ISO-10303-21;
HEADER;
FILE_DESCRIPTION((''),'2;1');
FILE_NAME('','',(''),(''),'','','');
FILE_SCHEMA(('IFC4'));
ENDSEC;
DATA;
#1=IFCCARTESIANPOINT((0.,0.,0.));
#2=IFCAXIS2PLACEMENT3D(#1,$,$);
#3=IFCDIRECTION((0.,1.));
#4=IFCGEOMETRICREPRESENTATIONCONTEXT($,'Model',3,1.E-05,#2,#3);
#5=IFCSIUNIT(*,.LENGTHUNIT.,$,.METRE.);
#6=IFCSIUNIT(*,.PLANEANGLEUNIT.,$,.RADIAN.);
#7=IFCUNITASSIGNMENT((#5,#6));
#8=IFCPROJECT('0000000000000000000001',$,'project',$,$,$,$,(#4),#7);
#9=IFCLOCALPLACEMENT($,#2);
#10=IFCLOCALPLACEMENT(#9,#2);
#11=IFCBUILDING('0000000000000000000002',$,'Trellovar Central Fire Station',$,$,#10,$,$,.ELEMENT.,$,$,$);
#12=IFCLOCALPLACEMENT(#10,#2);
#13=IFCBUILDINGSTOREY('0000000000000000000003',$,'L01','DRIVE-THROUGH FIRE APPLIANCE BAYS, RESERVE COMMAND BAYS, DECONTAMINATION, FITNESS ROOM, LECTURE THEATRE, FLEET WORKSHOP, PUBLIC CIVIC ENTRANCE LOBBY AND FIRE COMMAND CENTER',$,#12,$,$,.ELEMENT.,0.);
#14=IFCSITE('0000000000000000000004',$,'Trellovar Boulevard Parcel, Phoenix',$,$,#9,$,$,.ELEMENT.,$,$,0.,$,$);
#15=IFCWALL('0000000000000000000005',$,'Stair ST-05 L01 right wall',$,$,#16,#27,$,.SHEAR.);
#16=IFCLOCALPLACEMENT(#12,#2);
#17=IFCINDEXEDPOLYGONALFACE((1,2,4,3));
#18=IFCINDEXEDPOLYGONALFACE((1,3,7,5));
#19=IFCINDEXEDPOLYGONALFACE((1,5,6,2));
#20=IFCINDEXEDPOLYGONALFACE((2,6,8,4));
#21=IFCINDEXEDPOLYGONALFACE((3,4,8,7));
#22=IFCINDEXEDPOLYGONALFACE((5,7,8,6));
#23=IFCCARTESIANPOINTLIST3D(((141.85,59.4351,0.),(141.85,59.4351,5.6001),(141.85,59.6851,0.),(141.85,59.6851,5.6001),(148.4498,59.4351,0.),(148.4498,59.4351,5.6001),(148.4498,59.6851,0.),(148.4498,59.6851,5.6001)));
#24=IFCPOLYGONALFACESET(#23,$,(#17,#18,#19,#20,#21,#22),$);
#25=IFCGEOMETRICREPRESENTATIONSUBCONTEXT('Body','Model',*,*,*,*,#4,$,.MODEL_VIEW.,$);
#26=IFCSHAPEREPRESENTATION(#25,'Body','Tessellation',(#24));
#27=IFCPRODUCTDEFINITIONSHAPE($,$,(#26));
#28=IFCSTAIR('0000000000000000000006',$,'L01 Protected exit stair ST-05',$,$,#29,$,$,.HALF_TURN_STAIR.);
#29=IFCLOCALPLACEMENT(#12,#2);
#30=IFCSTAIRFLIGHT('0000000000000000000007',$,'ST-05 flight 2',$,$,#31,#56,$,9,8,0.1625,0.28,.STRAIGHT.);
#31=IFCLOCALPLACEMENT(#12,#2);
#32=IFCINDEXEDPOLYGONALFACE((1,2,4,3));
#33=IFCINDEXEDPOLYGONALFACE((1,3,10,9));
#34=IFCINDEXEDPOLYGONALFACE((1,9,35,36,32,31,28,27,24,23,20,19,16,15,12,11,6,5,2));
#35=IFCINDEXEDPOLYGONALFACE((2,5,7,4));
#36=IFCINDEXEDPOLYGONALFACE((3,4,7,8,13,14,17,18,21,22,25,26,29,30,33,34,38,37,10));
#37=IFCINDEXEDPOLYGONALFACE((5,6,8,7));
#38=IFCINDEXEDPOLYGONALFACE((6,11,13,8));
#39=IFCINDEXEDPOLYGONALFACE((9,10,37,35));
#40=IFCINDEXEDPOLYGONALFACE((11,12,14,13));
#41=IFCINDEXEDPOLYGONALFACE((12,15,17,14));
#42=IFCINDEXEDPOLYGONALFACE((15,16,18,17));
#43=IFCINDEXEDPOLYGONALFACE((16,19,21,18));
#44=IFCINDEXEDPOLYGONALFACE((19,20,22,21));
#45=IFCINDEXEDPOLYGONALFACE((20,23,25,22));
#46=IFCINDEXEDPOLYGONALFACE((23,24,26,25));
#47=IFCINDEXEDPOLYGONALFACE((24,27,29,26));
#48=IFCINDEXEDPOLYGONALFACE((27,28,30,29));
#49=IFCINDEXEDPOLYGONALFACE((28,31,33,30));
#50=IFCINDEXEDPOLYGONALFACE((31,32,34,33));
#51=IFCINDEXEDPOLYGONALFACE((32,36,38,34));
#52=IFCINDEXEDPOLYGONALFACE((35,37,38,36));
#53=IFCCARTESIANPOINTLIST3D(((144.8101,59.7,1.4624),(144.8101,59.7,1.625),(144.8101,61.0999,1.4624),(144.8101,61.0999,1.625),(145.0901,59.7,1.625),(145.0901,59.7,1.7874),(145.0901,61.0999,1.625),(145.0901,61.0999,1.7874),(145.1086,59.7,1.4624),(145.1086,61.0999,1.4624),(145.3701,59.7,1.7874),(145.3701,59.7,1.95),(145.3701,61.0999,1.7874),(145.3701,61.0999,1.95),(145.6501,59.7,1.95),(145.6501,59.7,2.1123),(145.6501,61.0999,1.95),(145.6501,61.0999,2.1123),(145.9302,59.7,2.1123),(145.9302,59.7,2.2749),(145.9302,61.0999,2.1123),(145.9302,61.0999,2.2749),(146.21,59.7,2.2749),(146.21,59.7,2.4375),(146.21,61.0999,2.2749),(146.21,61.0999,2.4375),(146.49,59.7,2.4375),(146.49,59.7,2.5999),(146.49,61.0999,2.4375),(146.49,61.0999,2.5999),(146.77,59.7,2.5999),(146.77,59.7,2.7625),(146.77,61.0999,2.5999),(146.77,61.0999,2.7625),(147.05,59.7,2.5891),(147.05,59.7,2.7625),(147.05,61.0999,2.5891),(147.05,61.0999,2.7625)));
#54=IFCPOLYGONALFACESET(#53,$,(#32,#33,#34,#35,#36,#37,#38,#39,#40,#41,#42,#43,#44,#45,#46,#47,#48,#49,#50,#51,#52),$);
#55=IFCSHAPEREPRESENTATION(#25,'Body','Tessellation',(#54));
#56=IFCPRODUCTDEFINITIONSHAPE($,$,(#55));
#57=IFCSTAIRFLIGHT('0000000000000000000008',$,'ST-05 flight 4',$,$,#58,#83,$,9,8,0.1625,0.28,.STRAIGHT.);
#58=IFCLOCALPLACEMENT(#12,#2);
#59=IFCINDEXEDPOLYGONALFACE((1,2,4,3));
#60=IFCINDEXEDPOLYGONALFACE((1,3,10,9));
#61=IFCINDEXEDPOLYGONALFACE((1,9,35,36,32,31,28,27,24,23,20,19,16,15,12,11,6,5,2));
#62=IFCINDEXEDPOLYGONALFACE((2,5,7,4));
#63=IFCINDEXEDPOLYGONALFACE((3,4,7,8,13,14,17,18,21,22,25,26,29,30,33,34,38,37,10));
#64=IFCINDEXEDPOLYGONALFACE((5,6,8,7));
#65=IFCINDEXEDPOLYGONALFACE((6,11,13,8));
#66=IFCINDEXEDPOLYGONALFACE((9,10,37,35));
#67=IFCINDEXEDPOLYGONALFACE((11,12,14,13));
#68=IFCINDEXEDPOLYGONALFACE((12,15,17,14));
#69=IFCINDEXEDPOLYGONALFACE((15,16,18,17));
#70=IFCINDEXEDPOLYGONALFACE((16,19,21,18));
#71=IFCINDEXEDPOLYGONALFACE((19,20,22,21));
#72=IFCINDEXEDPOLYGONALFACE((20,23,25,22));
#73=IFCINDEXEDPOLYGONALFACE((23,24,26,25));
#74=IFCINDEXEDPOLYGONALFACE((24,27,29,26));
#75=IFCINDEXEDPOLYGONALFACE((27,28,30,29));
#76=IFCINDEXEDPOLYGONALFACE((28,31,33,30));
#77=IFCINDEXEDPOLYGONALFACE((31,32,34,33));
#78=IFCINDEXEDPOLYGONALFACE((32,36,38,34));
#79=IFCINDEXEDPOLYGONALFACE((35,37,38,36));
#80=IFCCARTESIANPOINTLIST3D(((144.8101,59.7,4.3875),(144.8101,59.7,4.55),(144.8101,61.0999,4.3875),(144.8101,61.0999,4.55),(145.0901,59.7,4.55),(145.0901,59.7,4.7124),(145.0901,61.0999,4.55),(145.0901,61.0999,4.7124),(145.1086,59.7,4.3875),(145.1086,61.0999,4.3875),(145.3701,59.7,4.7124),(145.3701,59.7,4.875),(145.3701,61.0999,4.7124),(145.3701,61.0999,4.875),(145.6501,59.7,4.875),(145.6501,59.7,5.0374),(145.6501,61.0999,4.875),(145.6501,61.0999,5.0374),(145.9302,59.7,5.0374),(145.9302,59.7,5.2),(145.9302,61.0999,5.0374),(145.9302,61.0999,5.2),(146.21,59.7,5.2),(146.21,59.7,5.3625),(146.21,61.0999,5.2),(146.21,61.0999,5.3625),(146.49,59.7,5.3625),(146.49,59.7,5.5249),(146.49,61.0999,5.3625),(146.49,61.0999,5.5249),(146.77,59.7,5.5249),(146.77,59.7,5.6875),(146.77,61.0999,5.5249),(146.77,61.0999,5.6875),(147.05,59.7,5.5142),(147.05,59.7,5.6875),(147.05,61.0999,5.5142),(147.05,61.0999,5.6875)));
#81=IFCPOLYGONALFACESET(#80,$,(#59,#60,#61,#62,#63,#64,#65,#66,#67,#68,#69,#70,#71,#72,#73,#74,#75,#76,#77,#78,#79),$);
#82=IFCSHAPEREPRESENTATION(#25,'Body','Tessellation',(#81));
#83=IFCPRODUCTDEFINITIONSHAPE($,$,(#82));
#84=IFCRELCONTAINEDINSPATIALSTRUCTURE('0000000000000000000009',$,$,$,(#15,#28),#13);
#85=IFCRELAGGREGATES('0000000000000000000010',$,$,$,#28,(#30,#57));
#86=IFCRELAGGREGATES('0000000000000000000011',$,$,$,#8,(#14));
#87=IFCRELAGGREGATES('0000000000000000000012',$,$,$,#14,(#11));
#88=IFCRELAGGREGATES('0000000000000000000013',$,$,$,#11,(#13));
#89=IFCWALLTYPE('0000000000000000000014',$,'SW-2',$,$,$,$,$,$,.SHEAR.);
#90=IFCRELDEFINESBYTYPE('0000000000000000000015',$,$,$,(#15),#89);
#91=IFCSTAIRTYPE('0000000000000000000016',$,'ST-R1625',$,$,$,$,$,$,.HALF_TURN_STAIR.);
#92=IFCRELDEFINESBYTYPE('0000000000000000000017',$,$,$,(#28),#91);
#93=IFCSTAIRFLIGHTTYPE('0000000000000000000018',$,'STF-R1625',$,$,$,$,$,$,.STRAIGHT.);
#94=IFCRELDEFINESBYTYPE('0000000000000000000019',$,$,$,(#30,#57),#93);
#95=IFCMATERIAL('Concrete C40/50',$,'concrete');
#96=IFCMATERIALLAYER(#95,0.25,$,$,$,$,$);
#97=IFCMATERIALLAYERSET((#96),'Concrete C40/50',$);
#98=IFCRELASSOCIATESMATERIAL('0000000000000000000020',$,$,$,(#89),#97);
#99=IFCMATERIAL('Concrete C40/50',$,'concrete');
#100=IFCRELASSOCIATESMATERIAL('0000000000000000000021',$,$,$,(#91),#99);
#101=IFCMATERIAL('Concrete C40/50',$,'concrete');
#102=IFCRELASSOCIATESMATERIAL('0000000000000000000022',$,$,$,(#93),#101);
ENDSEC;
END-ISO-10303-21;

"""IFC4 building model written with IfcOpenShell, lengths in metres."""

from ifc_helpers import new_model, si_unit, direction, frame, frame_2d, origin, place, context, subcontext, project, spatial, polyline, rectangle, outline, extrude, material, layer, layer_set, type_object, element, aggregate, save


model = new_model("IFC4")

# Units and contexts
model_context = context("Model", 3, precision=1e-05, world=origin(), true_north=direction((0.0, 1.0)))
body_context = subcontext(model_context, "Body", "Model", "MODEL_VIEW")
ifc_project = project(units=[si_unit("LENGTHUNIT", "METRE"), si_unit("PLANEANGLEUNIT", "RADIAN")], contexts=[model_context])

# Site, building, storey
site_placement = place(None, origin())
site = spatial("IfcSite", under=ifc_project, at=site_placement, Name="Trellovar Boulevard Parcel, Phoenix", CompositionType="ELEMENT", RefElevation=0.0)
building_placement = place(site_placement, origin())
building = spatial("IfcBuilding", under=site, at=building_placement, Name="Trellovar Central Fire Station", CompositionType="ELEMENT")
storey_placement = place(building_placement, origin())
storey = spatial("IfcBuildingStorey", under=building, at=storey_placement, Name="L01", Description="DRIVE-THROUGH FIRE APPLIANCE BAYS, RESERVE COMMAND BAYS, DECONTAMINATION, FITNESS ROOM, LECTURE THEATRE, FLEET WORKSHOP, PUBLIC CIVIC ENTRANCE LOBBY AND FIRE COMMAND CENTER", CompositionType="ELEMENT", Elevation=0.0)

# Wall
ifc_material_1 = material(Name="Concrete C40/50", Category="concrete")
ifc_layer_1 = layer(ifc_material_1, 0.25)
ifc_layer_set_1 = layer_set([ifc_layer_1], Name="Concrete C40/50")
wall_type_1 = type_object("IfcWallType", Name="SW-2", PredefinedType="SHEAR", material=ifc_layer_set_1)
wall_1_placement = place(storey_placement, frame((141.8501, 59.5601, 0.0), z_axis=(0.0, 0.0, 1.0), x_axis=(1.0, 0.0, 0.0)))
element("IfcWall", 1, at=wall_1_placement, inside=storey, type_object=wall_type_1, Name="Stair ST-05 L01 right wall", PredefinedType="SHEAR", context=body_context, shape_type="SweptSolid", body=[
    extrude(rectangle(XDim=6.5999, YDim=0.25, at=frame_2d((3.2998, 0.0))), origin(), (0.0, 0.0, 1.0), 5.6001),
])

# Stair, stair flights
ifc_material_2 = material(Name="Concrete C40/50", Category="concrete")
stair_type = type_object("IfcStairType", Name="ST-R1625", PredefinedType="HALF_TURN_STAIR", material=ifc_material_2)
stair_placement = place(storey_placement, origin())
stair = element("IfcStair", 2, at=stair_placement, inside=storey, type_object=stair_type, Name="L01 Protected exit stair ST-05", PredefinedType="HALF_TURN_STAIR")
ifc_material_3 = material(Name="Concrete C40/50", Category="concrete")
stair_flight_type = type_object("IfcStairFlightType", Name="STF-R1625", PredefinedType="STRAIGHT", material=ifc_material_3)
stair_flight_1_placement = place(storey_placement, frame((144.8101, 60.3999, 1.4624), z_axis=(0.0, 0.0, 1.0), x_axis=(1.0, 0.0, 0.0)))
stair_flight_1 = element("IfcStairFlight", 3, at=stair_flight_1_placement, type_object=stair_flight_type, Name="ST-05 flight 2", NumberOfRisers=9, NumberOfTreads=8, PredefinedType="STRAIGHT", RiserHeight=0.1625, TreadLength=0.28, context=body_context, shape_type="SweptSolid", body=[
    extrude(outline(polyline([(0.0, 0.0), (0.0, 0.1626), (0.28, 0.1626), (0.28, 0.325), (0.5601, 0.325), (0.5601, 0.4875), (0.8401, 0.4875), (0.8401, 0.6499), (1.1201, 0.6499), (1.1201, 0.8125), (1.3999, 0.8125), (1.3999, 0.9751), (1.6799, 0.9751), (1.6799, 1.1375), (1.96, 1.1375), (1.96, 1.3), (2.24, 1.3), (2.24, 1.4624), (2.24, 1.1267), (0.2986, 0.0), (0.0, 0.0)])), frame((0.0, 0.7, 0.0), z_axis=(0.0, -1.0, 0.0), x_axis=(1.0, 0.0, 0.0)), (0.0, 0.0, 1.0), 1.3999),
])
stair_flight_2_placement = place(storey_placement, frame((144.8101, 60.3999, 4.3875), z_axis=(0.0, 0.0, 1.0), x_axis=(1.0, 0.0, 0.0)))
stair_flight_2 = element("IfcStairFlight", 4, at=stair_flight_2_placement, type_object=stair_flight_type, Name="ST-05 flight 4", NumberOfRisers=9, NumberOfTreads=8, PredefinedType="STRAIGHT", RiserHeight=0.1625, TreadLength=0.28, context=body_context, shape_type="SweptSolid", body=[
    extrude(outline(polyline([(0.0, 0.0), (0.0, 0.1626), (0.28, 0.1626), (0.28, 0.325), (0.5601, 0.325), (0.5601, 0.4875), (0.8401, 0.4875), (0.8401, 0.6499), (1.1201, 0.6499), (1.1201, 0.8125), (1.3999, 0.8125), (1.3999, 0.9751), (1.6799, 0.9751), (1.6799, 1.1375), (1.96, 1.1375), (1.96, 1.3), (2.24, 1.3), (2.24, 1.4624), (2.24, 1.1267), (0.2986, 0.0), (0.0, 0.0)])), frame((0.0, 0.7, 0.0), z_axis=(0.0, -1.0, 0.0), x_axis=(1.0, 0.0, 0.0)), (0.0, 0.0, 1.0), 1.3999),
])
aggregate(stair, [stair_flight_1, stair_flight_2])

save(model, "model.ifc")
